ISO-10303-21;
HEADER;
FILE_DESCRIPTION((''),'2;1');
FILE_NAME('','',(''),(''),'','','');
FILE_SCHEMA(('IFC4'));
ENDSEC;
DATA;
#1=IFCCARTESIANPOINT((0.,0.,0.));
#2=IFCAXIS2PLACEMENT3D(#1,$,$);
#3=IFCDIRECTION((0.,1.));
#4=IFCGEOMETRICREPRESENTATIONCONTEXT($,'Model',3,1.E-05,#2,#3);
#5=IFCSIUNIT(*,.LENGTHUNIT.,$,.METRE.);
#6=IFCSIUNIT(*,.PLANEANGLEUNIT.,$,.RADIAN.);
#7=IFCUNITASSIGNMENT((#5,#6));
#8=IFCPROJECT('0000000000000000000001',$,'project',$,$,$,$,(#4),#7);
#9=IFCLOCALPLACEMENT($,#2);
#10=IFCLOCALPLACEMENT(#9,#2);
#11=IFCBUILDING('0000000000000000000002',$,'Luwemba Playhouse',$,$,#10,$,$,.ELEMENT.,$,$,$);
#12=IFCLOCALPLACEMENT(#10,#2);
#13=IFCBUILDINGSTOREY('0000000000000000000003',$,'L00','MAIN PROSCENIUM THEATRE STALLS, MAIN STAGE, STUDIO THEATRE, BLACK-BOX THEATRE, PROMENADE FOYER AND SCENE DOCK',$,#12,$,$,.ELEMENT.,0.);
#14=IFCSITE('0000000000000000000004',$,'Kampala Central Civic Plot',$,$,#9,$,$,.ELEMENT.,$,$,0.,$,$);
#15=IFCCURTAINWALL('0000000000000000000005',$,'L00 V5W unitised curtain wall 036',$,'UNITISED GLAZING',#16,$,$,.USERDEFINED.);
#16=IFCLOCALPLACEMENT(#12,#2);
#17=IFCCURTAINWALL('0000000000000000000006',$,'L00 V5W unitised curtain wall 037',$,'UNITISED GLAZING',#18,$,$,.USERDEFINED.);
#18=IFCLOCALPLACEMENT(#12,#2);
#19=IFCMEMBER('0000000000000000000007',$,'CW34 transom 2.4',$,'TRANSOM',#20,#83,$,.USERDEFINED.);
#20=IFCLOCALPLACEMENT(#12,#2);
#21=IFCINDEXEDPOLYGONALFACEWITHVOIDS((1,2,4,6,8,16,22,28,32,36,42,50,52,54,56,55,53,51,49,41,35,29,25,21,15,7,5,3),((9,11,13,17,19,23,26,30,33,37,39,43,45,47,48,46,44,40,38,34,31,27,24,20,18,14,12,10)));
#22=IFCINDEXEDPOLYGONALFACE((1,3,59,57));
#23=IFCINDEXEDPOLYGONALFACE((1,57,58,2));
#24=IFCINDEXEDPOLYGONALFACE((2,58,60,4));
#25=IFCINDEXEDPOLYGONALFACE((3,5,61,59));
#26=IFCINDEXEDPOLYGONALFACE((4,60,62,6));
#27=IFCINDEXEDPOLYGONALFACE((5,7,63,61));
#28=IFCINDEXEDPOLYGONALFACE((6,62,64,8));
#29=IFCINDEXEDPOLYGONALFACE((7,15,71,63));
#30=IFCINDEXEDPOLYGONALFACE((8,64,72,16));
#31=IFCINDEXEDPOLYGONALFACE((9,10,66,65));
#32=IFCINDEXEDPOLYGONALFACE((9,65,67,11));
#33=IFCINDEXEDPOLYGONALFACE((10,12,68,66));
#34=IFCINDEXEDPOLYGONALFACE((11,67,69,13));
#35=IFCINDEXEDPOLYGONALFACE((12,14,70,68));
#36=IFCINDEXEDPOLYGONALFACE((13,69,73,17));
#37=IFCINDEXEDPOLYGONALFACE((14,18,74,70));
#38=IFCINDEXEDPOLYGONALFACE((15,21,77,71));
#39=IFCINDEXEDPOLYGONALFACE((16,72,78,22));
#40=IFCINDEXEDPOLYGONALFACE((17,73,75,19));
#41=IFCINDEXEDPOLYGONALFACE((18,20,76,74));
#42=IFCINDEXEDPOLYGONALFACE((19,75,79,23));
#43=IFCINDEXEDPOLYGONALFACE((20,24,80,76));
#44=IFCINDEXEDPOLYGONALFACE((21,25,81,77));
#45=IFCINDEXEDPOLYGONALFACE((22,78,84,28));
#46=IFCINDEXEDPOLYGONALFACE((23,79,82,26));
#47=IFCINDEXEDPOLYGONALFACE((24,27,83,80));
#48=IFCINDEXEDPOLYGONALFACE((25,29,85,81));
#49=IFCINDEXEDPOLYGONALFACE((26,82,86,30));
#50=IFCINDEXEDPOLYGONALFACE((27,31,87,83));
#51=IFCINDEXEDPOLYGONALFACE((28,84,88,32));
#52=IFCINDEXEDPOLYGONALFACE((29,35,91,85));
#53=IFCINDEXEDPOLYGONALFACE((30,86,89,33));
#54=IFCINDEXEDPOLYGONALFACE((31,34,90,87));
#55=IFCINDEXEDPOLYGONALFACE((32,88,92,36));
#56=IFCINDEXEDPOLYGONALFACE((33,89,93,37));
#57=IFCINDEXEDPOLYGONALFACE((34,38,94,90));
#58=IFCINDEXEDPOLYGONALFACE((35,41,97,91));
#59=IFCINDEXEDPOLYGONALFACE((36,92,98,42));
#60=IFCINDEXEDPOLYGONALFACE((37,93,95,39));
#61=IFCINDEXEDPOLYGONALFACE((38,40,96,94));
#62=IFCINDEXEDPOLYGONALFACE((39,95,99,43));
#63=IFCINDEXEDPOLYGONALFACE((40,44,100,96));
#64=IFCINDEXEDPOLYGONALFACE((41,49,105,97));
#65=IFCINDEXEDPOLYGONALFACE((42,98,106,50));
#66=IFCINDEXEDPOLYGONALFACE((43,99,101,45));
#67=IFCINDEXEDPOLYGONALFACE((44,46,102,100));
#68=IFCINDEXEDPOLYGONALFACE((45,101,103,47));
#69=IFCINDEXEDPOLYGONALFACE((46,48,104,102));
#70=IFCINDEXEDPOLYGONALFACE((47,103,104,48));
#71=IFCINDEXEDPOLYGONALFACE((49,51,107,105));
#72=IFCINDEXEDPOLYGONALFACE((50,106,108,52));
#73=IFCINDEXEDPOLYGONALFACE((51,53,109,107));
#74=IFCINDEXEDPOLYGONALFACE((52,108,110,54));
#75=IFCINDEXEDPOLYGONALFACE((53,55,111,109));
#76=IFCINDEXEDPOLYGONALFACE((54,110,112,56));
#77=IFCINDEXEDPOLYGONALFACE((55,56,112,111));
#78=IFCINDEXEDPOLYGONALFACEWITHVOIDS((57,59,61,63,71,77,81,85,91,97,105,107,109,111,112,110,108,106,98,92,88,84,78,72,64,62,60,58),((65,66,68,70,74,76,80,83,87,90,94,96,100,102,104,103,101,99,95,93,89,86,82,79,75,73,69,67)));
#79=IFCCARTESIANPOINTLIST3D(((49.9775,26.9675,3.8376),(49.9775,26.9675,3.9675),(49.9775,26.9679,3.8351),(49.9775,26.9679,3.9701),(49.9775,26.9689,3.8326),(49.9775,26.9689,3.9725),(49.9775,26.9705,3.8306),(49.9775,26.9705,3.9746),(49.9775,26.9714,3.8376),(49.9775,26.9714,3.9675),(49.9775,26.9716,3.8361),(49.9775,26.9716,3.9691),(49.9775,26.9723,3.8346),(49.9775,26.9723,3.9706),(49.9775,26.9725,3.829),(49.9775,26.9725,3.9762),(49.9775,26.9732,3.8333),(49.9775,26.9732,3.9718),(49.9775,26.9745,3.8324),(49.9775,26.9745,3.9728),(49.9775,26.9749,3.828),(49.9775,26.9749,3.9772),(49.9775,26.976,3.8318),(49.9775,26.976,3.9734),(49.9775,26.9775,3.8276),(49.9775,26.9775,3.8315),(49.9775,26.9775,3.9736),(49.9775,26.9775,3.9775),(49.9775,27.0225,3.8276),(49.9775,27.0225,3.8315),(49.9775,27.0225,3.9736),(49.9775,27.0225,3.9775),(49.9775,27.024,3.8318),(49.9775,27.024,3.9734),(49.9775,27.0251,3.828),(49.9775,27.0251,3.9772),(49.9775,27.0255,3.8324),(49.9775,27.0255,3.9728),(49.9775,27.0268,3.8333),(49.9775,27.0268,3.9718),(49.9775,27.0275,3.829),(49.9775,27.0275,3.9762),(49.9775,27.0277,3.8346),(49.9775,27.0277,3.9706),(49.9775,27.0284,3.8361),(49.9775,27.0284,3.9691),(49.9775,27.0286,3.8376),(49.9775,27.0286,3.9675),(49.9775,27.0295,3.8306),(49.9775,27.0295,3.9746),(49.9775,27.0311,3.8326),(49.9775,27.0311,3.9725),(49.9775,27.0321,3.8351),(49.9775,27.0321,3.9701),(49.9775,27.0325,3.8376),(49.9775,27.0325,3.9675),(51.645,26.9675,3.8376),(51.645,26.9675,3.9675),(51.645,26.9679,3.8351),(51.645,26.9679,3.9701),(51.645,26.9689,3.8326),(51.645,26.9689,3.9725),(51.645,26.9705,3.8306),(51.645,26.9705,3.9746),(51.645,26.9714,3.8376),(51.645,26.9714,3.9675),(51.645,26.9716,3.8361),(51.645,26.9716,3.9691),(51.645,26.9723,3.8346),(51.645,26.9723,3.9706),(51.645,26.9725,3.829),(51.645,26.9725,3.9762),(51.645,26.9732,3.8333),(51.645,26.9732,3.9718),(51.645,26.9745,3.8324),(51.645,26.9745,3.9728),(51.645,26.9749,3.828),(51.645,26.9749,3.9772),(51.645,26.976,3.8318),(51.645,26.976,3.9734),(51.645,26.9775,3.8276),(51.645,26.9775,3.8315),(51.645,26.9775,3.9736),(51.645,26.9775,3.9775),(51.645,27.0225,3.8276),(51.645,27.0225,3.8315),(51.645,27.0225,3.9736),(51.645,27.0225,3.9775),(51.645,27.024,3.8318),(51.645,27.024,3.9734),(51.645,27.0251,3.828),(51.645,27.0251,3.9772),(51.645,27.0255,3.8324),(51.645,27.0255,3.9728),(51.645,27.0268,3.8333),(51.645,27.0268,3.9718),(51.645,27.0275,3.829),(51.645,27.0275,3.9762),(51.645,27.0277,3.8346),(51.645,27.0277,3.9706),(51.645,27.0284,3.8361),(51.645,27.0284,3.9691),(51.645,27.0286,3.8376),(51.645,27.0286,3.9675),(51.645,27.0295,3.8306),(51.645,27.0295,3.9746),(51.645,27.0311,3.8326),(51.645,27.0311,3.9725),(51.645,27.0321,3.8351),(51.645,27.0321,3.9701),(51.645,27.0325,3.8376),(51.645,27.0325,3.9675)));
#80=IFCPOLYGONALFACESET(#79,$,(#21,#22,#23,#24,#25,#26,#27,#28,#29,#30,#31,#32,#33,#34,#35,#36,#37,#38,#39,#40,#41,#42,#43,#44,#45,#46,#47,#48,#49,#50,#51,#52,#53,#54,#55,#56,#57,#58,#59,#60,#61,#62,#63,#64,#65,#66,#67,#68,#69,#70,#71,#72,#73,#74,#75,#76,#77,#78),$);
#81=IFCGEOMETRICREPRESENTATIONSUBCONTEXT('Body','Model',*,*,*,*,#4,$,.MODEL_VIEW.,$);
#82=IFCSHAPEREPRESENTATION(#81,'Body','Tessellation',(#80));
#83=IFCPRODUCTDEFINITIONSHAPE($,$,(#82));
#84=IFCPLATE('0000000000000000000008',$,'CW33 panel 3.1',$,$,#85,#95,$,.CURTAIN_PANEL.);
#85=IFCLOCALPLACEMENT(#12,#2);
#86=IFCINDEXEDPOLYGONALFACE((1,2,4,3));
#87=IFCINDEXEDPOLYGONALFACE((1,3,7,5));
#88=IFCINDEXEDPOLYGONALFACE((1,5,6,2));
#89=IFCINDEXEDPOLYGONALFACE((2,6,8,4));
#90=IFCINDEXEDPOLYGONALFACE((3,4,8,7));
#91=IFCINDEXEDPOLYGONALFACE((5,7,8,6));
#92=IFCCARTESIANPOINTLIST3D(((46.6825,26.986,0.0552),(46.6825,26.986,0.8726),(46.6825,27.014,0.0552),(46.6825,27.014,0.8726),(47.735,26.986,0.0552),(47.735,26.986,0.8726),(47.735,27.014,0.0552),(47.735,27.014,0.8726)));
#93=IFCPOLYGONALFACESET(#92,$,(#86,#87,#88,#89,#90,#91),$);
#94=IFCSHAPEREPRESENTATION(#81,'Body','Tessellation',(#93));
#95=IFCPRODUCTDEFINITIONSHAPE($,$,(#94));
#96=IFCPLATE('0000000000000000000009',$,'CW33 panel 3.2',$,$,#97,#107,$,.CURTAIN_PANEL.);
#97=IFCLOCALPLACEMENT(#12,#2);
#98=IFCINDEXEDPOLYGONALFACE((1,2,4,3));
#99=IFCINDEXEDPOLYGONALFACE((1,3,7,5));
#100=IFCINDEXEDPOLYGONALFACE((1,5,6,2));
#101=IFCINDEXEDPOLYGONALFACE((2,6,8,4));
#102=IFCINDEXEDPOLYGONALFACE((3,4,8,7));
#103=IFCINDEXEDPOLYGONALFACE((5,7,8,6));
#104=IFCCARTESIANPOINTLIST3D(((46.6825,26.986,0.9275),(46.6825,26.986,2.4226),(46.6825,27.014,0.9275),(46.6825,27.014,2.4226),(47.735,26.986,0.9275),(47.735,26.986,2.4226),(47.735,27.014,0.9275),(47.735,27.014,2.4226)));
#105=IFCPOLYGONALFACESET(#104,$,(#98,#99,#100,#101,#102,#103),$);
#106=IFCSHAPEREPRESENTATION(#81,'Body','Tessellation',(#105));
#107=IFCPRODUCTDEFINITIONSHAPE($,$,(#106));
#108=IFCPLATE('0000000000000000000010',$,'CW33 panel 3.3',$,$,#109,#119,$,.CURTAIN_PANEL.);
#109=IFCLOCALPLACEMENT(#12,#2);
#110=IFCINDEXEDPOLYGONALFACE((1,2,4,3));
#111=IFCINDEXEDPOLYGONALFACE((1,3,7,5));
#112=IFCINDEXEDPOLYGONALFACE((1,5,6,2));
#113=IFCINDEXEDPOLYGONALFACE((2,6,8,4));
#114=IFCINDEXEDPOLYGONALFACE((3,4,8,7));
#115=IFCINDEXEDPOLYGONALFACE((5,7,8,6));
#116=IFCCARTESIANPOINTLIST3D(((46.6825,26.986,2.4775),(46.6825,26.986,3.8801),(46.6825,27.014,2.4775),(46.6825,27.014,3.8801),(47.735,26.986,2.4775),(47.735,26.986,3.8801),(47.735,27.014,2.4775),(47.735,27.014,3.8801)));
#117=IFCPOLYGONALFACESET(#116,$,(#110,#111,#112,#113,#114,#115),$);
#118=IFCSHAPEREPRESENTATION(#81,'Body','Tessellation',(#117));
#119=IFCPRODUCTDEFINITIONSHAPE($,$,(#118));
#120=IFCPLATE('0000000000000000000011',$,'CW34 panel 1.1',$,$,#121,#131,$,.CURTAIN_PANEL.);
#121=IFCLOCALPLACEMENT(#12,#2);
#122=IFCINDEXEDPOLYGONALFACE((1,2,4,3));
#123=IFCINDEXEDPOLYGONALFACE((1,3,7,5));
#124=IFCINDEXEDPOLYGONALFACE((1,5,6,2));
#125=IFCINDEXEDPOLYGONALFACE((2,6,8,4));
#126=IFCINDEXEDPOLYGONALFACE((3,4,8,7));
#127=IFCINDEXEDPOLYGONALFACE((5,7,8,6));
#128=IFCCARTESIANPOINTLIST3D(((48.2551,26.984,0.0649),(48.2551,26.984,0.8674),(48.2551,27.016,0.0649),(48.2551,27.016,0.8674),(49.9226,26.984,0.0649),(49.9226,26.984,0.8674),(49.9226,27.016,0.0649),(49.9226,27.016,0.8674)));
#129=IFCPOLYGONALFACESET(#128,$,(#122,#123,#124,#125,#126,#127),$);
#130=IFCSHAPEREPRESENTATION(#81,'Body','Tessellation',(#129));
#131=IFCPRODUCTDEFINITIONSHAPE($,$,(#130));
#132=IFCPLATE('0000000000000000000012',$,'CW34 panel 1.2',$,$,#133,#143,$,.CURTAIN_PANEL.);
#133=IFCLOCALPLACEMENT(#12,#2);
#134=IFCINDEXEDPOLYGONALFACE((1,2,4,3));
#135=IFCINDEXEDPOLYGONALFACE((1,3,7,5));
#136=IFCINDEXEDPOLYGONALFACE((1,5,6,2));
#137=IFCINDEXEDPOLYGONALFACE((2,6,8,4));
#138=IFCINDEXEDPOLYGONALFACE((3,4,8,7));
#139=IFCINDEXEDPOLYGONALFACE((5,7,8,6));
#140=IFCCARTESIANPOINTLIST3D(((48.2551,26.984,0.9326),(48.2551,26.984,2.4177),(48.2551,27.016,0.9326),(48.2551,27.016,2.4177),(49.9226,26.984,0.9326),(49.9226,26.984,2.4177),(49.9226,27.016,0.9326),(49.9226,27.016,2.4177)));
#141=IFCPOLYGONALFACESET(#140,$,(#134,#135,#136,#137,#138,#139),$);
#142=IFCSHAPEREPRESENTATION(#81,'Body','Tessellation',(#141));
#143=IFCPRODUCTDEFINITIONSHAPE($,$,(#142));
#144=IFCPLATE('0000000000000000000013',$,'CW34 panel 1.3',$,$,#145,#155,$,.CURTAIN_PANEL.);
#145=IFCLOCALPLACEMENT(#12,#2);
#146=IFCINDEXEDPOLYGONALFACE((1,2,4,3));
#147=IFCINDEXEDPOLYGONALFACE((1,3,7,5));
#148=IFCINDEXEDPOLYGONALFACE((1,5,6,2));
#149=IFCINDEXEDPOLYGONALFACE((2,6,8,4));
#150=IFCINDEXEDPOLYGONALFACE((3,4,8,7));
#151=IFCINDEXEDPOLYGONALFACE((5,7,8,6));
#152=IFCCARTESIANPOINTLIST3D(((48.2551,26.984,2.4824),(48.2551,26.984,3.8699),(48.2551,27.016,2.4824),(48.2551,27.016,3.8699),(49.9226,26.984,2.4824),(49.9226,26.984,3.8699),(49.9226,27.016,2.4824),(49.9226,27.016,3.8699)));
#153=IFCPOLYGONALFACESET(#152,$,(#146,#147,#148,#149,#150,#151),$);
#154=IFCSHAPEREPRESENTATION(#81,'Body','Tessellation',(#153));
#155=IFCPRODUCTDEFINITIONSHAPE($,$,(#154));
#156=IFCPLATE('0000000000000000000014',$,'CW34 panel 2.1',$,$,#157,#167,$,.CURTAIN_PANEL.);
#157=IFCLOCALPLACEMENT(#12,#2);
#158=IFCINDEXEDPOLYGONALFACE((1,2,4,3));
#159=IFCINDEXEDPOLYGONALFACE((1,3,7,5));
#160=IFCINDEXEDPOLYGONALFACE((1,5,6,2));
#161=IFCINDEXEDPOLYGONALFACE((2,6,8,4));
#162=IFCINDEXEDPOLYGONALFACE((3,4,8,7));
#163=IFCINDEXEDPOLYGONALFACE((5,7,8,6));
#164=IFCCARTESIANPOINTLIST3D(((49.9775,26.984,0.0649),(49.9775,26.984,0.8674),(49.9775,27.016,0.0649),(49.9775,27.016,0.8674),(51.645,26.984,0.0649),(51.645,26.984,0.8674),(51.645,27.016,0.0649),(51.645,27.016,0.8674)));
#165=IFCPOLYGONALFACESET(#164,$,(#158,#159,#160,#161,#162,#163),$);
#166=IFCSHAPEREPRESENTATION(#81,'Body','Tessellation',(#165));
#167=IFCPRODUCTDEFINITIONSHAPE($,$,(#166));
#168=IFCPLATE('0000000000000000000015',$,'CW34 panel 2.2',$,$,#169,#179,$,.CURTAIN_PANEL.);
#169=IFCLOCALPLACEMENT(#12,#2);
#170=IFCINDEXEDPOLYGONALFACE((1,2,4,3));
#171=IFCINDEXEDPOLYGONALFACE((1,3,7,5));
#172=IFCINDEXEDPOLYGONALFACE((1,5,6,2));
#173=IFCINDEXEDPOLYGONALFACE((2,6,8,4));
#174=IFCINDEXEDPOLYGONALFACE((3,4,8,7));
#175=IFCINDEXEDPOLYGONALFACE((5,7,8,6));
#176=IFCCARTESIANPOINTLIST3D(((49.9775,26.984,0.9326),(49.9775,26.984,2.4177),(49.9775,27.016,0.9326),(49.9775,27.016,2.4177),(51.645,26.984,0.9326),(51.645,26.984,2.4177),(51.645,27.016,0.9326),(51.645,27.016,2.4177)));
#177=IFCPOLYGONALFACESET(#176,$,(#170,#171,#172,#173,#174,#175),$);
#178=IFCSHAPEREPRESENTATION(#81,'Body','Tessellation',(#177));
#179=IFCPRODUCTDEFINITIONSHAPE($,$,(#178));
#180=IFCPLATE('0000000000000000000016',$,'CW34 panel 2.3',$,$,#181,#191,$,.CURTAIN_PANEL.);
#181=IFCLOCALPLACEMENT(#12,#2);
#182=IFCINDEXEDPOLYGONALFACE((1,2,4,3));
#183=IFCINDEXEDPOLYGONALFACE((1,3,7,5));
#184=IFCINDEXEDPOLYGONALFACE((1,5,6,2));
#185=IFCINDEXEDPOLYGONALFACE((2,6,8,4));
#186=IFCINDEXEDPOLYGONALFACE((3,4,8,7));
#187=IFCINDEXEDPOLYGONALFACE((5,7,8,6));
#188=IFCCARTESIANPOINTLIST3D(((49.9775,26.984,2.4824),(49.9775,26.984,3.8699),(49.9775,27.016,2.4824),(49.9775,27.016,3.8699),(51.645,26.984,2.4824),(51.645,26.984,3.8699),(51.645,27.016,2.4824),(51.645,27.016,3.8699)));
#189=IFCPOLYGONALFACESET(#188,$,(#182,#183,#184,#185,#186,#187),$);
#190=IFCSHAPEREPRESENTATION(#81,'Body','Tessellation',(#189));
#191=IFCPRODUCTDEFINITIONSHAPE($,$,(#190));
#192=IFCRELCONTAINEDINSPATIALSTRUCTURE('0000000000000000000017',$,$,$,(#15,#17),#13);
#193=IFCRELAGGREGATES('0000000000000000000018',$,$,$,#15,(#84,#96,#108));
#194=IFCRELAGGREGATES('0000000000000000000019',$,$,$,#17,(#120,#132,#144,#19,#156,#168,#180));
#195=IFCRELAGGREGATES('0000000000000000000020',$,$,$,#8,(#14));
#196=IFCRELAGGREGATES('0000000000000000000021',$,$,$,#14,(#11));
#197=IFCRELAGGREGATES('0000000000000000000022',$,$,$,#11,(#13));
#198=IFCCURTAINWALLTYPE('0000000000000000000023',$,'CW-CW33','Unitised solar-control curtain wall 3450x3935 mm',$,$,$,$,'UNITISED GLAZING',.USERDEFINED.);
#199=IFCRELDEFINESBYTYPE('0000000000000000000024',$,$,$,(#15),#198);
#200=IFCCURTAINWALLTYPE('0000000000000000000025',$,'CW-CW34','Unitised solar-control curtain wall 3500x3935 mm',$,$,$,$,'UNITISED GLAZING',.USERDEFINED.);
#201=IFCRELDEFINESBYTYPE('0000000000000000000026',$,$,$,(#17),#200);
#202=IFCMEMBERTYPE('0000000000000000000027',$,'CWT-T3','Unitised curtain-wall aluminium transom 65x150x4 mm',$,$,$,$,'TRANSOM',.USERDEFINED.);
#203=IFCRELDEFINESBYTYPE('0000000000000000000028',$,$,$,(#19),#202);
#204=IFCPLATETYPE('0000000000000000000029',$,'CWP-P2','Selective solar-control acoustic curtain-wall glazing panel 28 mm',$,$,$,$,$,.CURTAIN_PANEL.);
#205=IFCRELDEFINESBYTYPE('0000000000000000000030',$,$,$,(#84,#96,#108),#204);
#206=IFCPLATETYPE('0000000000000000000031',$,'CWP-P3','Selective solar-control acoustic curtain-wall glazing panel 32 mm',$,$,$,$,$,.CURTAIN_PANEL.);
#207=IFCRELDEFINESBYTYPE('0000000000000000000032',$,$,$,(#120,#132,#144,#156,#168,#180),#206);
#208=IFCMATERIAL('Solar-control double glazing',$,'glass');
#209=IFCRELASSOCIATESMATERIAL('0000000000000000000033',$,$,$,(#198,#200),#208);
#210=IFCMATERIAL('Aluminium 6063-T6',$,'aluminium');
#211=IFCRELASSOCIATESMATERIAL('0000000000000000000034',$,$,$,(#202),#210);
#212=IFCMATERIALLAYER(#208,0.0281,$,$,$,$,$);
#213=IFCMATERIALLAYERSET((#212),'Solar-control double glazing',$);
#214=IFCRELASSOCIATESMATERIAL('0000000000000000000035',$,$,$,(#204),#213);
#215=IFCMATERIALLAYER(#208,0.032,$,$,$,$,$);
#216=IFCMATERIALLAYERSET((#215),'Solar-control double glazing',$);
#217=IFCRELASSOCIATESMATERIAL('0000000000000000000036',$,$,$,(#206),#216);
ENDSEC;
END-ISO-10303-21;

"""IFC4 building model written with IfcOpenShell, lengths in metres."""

from ifc_helpers import new_model, si_unit, direction, frame, origin, origin_2d, place, context, subcontext, project, spatial, rectangle, hollow_rectangle, extrude, material, layer, layer_set, material_profile, profile_set, type_object, element, aggregate, save


model = new_model("IFC4")

# Units and contexts
model_context = context("Model", 3, precision=1e-05, world=origin(), true_north=direction((0.0, 1.0)))
body_context = subcontext(model_context, "Body", "Model", "MODEL_VIEW")
ifc_project = project(units=[si_unit("LENGTHUNIT", "METRE"), si_unit("PLANEANGLEUNIT", "RADIAN")], contexts=[model_context])

# Site, building, storey
site_placement = place(None, origin())
site = spatial("IfcSite", under=ifc_project, at=site_placement, Name="Kampala Central Civic Plot", CompositionType="ELEMENT", RefElevation=0.0)
building_placement = place(site_placement, origin())
building = spatial("IfcBuilding", under=site, at=building_placement, Name="Luwemba Playhouse", CompositionType="ELEMENT")
storey_placement = place(building_placement, origin())
storey = spatial("IfcBuildingStorey", under=building, at=storey_placement, Name="L00", Description="MAIN PROSCENIUM THEATRE STALLS, MAIN STAGE, STUDIO THEATRE, BLACK-BOX THEATRE, PROMENADE FOYER AND SCENE DOCK", CompositionType="ELEMENT", Elevation=0.0)

# Curtain wall
ifc_material_1 = material(Name="Solar-control double glazing", Category="glass")
curtain_wall_type_1 = type_object("IfcCurtainWallType", Name="CW-CW33", Description="Unitised solar-control curtain wall 3450x3935 mm", ElementType="UNITISED GLAZING", PredefinedType="USERDEFINED", material=ifc_material_1)
curtain_wall_1_placement = place(storey_placement, origin())
curtain_wall_1 = element("IfcCurtainWall", 1, at=curtain_wall_1_placement, inside=storey, type_object=curtain_wall_type_1, Name="L00 V5W unitised curtain wall 036", ObjectType="UNITISED GLAZING", PredefinedType="USERDEFINED")
ifc_material_2 = material(Name="Aluminium 6063-T6", Category="aluminium")

# Curtain wall
curtain_wall_type_2 = type_object("IfcCurtainWallType", Name="CW-CW34", Description="Unitised solar-control curtain wall 3500x3935 mm", ElementType="UNITISED GLAZING", PredefinedType="USERDEFINED", material=ifc_material_1)
curtain_wall_2_placement = place(storey_placement, origin())
curtain_wall_2 = element("IfcCurtainWall", 2, at=curtain_wall_2_placement, inside=storey, type_object=curtain_wall_type_2, Name="L00 V5W unitised curtain wall 037", ObjectType="UNITISED GLAZING", PredefinedType="USERDEFINED")

# Member
ifc_material_profile_1 = material_profile(ifc_material_2, hollow_rectangle(XDim=0.0649, YDim=0.1499, WallThickness=0.0039, InnerFilletRadius=0.0061, OuterFilletRadius=0.01, at=origin_2d()))
ifc_profile_set_1 = profile_set([ifc_material_profile_1], Name="Aluminium 6063-T6")
member_type_1 = type_object("IfcMemberType", Name="CWT-T3", Description="Unitised curtain-wall aluminium transom 65x150x4 mm", ElementType="TRANSOM", PredefinedType="USERDEFINED", material=ifc_profile_set_1)
member_1_placement = place(storey_placement, frame((49.9775, 27.0, 3.9026), z_axis=(1.0, 0.0, 0.0), x_axis=(0.0, 1.0, 0.0)))
member_1 = element("IfcMember", 3, at=member_1_placement, type_object=member_type_1, Name="CW34 transom 2.4", ObjectType="TRANSOM", PredefinedType="USERDEFINED", context=body_context, shape_type="SweptSolid", body=[
    extrude(hollow_rectangle(XDim=0.0649, YDim=0.1499, WallThickness=0.0039, InnerFilletRadius=0.0061, OuterFilletRadius=0.01, at=origin_2d()), origin(), (0.0, 0.0, 1.0), 1.6675),
])

# Plates
ifc_layer_1 = layer(ifc_material_1, 0.0281)
ifc_layer_set_1 = layer_set([ifc_layer_1], Name="Solar-control double glazing")
plate_type_1 = type_object("IfcPlateType", Name="CWP-P2", Description="Selective solar-control acoustic curtain-wall glazing panel 28 mm", PredefinedType="CURTAIN_PANEL", material=ifc_layer_set_1)
plate_1_placement = place(storey_placement, frame((47.2087, 27.0, 0.0552), z_axis=(0.0, 0.0, 1.0), x_axis=(1.0, 0.0, 0.0)))
plate_1 = element("IfcPlate", 4, at=plate_1_placement, type_object=plate_type_1, Name="CW33 panel 3.1", PredefinedType="CURTAIN_PANEL", context=body_context, shape_type="SweptSolid", body=[
    extrude(rectangle(XDim=1.0525, YDim=0.0281, at=origin_2d()), origin(), (0.0, 0.0, 1.0), 0.8174),
])
plate_2_placement = place(storey_placement, frame((47.2087, 27.0, 0.9275), z_axis=(0.0, 0.0, 1.0), x_axis=(1.0, 0.0, 0.0)))
plate_2 = element("IfcPlate", 5, at=plate_2_placement, type_object=plate_type_1, Name="CW33 panel 3.2", PredefinedType="CURTAIN_PANEL", context=body_context, shape_type="SweptSolid", body=[
    extrude(rectangle(XDim=1.0525, YDim=0.0281, at=origin_2d()), origin(), (0.0, 0.0, 1.0), 1.4951),
])
plate_3_placement = place(storey_placement, frame((47.2087, 27.0, 2.4775), z_axis=(0.0, 0.0, 1.0), x_axis=(1.0, 0.0, 0.0)))
plate_3 = element("IfcPlate", 6, at=plate_3_placement, type_object=plate_type_1, Name="CW33 panel 3.3", PredefinedType="CURTAIN_PANEL", context=body_context, shape_type="SweptSolid", body=[
    extrude(rectangle(XDim=1.0525, YDim=0.0281, at=origin_2d()), origin(), (0.0, 0.0, 1.0), 1.4026),
])
aggregate(curtain_wall_1, [plate_1, plate_2, plate_3])
ifc_layer_2 = layer(ifc_material_1, 0.032)
ifc_layer_set_2 = layer_set([ifc_layer_2], Name="Solar-control double glazing")
plate_type_2 = type_object("IfcPlateType", Name="CWP-P3", Description="Selective solar-control acoustic curtain-wall glazing panel 32 mm", PredefinedType="CURTAIN_PANEL", material=ifc_layer_set_2)
plate_4_placement = place(storey_placement, frame((49.0889, 27.0, 0.0649), z_axis=(0.0, 0.0, 1.0), x_axis=(1.0, 0.0, 0.0)))
plate_4 = element("IfcPlate", 7, at=plate_4_placement, type_object=plate_type_2, Name="CW34 panel 1.1", PredefinedType="CURTAIN_PANEL", context=body_context, shape_type="SweptSolid", body=[
    extrude(rectangle(XDim=1.6675, YDim=0.032, at=origin_2d()), origin(), (0.0, 0.0, 1.0), 0.8025),
])
plate_5_placement = place(storey_placement, frame((49.0889, 27.0, 0.9326), z_axis=(0.0, 0.0, 1.0), x_axis=(1.0, 0.0, 0.0)))
plate_5 = element("IfcPlate", 8, at=plate_5_placement, type_object=plate_type_2, Name="CW34 panel 1.2", PredefinedType="CURTAIN_PANEL", context=body_context, shape_type="SweptSolid", body=[
    extrude(rectangle(XDim=1.6675, YDim=0.032, at=origin_2d()), origin(), (0.0, 0.0, 1.0), 1.4851),
])
plate_6_placement = place(storey_placement, frame((49.0889, 27.0, 2.4824), z_axis=(0.0, 0.0, 1.0), x_axis=(1.0, 0.0, 0.0)))
plate_6 = element("IfcPlate", 9, at=plate_6_placement, type_object=plate_type_2, Name="CW34 panel 1.3", PredefinedType="CURTAIN_PANEL", context=body_context, shape_type="SweptSolid", body=[
    extrude(rectangle(XDim=1.6675, YDim=0.032, at=origin_2d()), origin(), (0.0, 0.0, 1.0), 1.3875),
])
plate_7_placement = place(storey_placement, frame((50.8113, 27.0, 0.0649), z_axis=(0.0, 0.0, 1.0), x_axis=(1.0, 0.0, 0.0)))
plate_7 = element("IfcPlate", 10, at=plate_7_placement, type_object=plate_type_2, Name="CW34 panel 2.1", PredefinedType="CURTAIN_PANEL", context=body_context, shape_type="SweptSolid", body=[
    extrude(rectangle(XDim=1.6675, YDim=0.032, at=origin_2d()), origin(), (0.0, 0.0, 1.0), 0.8025),
])
plate_8_placement = place(storey_placement, frame((50.8113, 27.0, 0.9326), z_axis=(0.0, 0.0, 1.0), x_axis=(1.0, 0.0, 0.0)))
plate_8 = element("IfcPlate", 11, at=plate_8_placement, type_object=plate_type_2, Name="CW34 panel 2.2", PredefinedType="CURTAIN_PANEL", context=body_context, shape_type="SweptSolid", body=[
    extrude(rectangle(XDim=1.6675, YDim=0.032, at=origin_2d()), origin(), (0.0, 0.0, 1.0), 1.4851),
])
plate_9_placement = place(storey_placement, frame((50.8113, 27.0, 2.4824), z_axis=(0.0, 0.0, 1.0), x_axis=(1.0, 0.0, 0.0)))
plate_9 = element("IfcPlate", 12, at=plate_9_placement, type_object=plate_type_2, Name="CW34 panel 2.3", PredefinedType="CURTAIN_PANEL", context=body_context, shape_type="SweptSolid", body=[
    extrude(rectangle(XDim=1.6675, YDim=0.032, at=origin_2d()), origin(), (0.0, 0.0, 1.0), 1.3875),
])
aggregate(curtain_wall_2, [plate_4, plate_5, plate_6, member_1, plate_7, plate_8, plate_9])

save(model, "model.ifc")
